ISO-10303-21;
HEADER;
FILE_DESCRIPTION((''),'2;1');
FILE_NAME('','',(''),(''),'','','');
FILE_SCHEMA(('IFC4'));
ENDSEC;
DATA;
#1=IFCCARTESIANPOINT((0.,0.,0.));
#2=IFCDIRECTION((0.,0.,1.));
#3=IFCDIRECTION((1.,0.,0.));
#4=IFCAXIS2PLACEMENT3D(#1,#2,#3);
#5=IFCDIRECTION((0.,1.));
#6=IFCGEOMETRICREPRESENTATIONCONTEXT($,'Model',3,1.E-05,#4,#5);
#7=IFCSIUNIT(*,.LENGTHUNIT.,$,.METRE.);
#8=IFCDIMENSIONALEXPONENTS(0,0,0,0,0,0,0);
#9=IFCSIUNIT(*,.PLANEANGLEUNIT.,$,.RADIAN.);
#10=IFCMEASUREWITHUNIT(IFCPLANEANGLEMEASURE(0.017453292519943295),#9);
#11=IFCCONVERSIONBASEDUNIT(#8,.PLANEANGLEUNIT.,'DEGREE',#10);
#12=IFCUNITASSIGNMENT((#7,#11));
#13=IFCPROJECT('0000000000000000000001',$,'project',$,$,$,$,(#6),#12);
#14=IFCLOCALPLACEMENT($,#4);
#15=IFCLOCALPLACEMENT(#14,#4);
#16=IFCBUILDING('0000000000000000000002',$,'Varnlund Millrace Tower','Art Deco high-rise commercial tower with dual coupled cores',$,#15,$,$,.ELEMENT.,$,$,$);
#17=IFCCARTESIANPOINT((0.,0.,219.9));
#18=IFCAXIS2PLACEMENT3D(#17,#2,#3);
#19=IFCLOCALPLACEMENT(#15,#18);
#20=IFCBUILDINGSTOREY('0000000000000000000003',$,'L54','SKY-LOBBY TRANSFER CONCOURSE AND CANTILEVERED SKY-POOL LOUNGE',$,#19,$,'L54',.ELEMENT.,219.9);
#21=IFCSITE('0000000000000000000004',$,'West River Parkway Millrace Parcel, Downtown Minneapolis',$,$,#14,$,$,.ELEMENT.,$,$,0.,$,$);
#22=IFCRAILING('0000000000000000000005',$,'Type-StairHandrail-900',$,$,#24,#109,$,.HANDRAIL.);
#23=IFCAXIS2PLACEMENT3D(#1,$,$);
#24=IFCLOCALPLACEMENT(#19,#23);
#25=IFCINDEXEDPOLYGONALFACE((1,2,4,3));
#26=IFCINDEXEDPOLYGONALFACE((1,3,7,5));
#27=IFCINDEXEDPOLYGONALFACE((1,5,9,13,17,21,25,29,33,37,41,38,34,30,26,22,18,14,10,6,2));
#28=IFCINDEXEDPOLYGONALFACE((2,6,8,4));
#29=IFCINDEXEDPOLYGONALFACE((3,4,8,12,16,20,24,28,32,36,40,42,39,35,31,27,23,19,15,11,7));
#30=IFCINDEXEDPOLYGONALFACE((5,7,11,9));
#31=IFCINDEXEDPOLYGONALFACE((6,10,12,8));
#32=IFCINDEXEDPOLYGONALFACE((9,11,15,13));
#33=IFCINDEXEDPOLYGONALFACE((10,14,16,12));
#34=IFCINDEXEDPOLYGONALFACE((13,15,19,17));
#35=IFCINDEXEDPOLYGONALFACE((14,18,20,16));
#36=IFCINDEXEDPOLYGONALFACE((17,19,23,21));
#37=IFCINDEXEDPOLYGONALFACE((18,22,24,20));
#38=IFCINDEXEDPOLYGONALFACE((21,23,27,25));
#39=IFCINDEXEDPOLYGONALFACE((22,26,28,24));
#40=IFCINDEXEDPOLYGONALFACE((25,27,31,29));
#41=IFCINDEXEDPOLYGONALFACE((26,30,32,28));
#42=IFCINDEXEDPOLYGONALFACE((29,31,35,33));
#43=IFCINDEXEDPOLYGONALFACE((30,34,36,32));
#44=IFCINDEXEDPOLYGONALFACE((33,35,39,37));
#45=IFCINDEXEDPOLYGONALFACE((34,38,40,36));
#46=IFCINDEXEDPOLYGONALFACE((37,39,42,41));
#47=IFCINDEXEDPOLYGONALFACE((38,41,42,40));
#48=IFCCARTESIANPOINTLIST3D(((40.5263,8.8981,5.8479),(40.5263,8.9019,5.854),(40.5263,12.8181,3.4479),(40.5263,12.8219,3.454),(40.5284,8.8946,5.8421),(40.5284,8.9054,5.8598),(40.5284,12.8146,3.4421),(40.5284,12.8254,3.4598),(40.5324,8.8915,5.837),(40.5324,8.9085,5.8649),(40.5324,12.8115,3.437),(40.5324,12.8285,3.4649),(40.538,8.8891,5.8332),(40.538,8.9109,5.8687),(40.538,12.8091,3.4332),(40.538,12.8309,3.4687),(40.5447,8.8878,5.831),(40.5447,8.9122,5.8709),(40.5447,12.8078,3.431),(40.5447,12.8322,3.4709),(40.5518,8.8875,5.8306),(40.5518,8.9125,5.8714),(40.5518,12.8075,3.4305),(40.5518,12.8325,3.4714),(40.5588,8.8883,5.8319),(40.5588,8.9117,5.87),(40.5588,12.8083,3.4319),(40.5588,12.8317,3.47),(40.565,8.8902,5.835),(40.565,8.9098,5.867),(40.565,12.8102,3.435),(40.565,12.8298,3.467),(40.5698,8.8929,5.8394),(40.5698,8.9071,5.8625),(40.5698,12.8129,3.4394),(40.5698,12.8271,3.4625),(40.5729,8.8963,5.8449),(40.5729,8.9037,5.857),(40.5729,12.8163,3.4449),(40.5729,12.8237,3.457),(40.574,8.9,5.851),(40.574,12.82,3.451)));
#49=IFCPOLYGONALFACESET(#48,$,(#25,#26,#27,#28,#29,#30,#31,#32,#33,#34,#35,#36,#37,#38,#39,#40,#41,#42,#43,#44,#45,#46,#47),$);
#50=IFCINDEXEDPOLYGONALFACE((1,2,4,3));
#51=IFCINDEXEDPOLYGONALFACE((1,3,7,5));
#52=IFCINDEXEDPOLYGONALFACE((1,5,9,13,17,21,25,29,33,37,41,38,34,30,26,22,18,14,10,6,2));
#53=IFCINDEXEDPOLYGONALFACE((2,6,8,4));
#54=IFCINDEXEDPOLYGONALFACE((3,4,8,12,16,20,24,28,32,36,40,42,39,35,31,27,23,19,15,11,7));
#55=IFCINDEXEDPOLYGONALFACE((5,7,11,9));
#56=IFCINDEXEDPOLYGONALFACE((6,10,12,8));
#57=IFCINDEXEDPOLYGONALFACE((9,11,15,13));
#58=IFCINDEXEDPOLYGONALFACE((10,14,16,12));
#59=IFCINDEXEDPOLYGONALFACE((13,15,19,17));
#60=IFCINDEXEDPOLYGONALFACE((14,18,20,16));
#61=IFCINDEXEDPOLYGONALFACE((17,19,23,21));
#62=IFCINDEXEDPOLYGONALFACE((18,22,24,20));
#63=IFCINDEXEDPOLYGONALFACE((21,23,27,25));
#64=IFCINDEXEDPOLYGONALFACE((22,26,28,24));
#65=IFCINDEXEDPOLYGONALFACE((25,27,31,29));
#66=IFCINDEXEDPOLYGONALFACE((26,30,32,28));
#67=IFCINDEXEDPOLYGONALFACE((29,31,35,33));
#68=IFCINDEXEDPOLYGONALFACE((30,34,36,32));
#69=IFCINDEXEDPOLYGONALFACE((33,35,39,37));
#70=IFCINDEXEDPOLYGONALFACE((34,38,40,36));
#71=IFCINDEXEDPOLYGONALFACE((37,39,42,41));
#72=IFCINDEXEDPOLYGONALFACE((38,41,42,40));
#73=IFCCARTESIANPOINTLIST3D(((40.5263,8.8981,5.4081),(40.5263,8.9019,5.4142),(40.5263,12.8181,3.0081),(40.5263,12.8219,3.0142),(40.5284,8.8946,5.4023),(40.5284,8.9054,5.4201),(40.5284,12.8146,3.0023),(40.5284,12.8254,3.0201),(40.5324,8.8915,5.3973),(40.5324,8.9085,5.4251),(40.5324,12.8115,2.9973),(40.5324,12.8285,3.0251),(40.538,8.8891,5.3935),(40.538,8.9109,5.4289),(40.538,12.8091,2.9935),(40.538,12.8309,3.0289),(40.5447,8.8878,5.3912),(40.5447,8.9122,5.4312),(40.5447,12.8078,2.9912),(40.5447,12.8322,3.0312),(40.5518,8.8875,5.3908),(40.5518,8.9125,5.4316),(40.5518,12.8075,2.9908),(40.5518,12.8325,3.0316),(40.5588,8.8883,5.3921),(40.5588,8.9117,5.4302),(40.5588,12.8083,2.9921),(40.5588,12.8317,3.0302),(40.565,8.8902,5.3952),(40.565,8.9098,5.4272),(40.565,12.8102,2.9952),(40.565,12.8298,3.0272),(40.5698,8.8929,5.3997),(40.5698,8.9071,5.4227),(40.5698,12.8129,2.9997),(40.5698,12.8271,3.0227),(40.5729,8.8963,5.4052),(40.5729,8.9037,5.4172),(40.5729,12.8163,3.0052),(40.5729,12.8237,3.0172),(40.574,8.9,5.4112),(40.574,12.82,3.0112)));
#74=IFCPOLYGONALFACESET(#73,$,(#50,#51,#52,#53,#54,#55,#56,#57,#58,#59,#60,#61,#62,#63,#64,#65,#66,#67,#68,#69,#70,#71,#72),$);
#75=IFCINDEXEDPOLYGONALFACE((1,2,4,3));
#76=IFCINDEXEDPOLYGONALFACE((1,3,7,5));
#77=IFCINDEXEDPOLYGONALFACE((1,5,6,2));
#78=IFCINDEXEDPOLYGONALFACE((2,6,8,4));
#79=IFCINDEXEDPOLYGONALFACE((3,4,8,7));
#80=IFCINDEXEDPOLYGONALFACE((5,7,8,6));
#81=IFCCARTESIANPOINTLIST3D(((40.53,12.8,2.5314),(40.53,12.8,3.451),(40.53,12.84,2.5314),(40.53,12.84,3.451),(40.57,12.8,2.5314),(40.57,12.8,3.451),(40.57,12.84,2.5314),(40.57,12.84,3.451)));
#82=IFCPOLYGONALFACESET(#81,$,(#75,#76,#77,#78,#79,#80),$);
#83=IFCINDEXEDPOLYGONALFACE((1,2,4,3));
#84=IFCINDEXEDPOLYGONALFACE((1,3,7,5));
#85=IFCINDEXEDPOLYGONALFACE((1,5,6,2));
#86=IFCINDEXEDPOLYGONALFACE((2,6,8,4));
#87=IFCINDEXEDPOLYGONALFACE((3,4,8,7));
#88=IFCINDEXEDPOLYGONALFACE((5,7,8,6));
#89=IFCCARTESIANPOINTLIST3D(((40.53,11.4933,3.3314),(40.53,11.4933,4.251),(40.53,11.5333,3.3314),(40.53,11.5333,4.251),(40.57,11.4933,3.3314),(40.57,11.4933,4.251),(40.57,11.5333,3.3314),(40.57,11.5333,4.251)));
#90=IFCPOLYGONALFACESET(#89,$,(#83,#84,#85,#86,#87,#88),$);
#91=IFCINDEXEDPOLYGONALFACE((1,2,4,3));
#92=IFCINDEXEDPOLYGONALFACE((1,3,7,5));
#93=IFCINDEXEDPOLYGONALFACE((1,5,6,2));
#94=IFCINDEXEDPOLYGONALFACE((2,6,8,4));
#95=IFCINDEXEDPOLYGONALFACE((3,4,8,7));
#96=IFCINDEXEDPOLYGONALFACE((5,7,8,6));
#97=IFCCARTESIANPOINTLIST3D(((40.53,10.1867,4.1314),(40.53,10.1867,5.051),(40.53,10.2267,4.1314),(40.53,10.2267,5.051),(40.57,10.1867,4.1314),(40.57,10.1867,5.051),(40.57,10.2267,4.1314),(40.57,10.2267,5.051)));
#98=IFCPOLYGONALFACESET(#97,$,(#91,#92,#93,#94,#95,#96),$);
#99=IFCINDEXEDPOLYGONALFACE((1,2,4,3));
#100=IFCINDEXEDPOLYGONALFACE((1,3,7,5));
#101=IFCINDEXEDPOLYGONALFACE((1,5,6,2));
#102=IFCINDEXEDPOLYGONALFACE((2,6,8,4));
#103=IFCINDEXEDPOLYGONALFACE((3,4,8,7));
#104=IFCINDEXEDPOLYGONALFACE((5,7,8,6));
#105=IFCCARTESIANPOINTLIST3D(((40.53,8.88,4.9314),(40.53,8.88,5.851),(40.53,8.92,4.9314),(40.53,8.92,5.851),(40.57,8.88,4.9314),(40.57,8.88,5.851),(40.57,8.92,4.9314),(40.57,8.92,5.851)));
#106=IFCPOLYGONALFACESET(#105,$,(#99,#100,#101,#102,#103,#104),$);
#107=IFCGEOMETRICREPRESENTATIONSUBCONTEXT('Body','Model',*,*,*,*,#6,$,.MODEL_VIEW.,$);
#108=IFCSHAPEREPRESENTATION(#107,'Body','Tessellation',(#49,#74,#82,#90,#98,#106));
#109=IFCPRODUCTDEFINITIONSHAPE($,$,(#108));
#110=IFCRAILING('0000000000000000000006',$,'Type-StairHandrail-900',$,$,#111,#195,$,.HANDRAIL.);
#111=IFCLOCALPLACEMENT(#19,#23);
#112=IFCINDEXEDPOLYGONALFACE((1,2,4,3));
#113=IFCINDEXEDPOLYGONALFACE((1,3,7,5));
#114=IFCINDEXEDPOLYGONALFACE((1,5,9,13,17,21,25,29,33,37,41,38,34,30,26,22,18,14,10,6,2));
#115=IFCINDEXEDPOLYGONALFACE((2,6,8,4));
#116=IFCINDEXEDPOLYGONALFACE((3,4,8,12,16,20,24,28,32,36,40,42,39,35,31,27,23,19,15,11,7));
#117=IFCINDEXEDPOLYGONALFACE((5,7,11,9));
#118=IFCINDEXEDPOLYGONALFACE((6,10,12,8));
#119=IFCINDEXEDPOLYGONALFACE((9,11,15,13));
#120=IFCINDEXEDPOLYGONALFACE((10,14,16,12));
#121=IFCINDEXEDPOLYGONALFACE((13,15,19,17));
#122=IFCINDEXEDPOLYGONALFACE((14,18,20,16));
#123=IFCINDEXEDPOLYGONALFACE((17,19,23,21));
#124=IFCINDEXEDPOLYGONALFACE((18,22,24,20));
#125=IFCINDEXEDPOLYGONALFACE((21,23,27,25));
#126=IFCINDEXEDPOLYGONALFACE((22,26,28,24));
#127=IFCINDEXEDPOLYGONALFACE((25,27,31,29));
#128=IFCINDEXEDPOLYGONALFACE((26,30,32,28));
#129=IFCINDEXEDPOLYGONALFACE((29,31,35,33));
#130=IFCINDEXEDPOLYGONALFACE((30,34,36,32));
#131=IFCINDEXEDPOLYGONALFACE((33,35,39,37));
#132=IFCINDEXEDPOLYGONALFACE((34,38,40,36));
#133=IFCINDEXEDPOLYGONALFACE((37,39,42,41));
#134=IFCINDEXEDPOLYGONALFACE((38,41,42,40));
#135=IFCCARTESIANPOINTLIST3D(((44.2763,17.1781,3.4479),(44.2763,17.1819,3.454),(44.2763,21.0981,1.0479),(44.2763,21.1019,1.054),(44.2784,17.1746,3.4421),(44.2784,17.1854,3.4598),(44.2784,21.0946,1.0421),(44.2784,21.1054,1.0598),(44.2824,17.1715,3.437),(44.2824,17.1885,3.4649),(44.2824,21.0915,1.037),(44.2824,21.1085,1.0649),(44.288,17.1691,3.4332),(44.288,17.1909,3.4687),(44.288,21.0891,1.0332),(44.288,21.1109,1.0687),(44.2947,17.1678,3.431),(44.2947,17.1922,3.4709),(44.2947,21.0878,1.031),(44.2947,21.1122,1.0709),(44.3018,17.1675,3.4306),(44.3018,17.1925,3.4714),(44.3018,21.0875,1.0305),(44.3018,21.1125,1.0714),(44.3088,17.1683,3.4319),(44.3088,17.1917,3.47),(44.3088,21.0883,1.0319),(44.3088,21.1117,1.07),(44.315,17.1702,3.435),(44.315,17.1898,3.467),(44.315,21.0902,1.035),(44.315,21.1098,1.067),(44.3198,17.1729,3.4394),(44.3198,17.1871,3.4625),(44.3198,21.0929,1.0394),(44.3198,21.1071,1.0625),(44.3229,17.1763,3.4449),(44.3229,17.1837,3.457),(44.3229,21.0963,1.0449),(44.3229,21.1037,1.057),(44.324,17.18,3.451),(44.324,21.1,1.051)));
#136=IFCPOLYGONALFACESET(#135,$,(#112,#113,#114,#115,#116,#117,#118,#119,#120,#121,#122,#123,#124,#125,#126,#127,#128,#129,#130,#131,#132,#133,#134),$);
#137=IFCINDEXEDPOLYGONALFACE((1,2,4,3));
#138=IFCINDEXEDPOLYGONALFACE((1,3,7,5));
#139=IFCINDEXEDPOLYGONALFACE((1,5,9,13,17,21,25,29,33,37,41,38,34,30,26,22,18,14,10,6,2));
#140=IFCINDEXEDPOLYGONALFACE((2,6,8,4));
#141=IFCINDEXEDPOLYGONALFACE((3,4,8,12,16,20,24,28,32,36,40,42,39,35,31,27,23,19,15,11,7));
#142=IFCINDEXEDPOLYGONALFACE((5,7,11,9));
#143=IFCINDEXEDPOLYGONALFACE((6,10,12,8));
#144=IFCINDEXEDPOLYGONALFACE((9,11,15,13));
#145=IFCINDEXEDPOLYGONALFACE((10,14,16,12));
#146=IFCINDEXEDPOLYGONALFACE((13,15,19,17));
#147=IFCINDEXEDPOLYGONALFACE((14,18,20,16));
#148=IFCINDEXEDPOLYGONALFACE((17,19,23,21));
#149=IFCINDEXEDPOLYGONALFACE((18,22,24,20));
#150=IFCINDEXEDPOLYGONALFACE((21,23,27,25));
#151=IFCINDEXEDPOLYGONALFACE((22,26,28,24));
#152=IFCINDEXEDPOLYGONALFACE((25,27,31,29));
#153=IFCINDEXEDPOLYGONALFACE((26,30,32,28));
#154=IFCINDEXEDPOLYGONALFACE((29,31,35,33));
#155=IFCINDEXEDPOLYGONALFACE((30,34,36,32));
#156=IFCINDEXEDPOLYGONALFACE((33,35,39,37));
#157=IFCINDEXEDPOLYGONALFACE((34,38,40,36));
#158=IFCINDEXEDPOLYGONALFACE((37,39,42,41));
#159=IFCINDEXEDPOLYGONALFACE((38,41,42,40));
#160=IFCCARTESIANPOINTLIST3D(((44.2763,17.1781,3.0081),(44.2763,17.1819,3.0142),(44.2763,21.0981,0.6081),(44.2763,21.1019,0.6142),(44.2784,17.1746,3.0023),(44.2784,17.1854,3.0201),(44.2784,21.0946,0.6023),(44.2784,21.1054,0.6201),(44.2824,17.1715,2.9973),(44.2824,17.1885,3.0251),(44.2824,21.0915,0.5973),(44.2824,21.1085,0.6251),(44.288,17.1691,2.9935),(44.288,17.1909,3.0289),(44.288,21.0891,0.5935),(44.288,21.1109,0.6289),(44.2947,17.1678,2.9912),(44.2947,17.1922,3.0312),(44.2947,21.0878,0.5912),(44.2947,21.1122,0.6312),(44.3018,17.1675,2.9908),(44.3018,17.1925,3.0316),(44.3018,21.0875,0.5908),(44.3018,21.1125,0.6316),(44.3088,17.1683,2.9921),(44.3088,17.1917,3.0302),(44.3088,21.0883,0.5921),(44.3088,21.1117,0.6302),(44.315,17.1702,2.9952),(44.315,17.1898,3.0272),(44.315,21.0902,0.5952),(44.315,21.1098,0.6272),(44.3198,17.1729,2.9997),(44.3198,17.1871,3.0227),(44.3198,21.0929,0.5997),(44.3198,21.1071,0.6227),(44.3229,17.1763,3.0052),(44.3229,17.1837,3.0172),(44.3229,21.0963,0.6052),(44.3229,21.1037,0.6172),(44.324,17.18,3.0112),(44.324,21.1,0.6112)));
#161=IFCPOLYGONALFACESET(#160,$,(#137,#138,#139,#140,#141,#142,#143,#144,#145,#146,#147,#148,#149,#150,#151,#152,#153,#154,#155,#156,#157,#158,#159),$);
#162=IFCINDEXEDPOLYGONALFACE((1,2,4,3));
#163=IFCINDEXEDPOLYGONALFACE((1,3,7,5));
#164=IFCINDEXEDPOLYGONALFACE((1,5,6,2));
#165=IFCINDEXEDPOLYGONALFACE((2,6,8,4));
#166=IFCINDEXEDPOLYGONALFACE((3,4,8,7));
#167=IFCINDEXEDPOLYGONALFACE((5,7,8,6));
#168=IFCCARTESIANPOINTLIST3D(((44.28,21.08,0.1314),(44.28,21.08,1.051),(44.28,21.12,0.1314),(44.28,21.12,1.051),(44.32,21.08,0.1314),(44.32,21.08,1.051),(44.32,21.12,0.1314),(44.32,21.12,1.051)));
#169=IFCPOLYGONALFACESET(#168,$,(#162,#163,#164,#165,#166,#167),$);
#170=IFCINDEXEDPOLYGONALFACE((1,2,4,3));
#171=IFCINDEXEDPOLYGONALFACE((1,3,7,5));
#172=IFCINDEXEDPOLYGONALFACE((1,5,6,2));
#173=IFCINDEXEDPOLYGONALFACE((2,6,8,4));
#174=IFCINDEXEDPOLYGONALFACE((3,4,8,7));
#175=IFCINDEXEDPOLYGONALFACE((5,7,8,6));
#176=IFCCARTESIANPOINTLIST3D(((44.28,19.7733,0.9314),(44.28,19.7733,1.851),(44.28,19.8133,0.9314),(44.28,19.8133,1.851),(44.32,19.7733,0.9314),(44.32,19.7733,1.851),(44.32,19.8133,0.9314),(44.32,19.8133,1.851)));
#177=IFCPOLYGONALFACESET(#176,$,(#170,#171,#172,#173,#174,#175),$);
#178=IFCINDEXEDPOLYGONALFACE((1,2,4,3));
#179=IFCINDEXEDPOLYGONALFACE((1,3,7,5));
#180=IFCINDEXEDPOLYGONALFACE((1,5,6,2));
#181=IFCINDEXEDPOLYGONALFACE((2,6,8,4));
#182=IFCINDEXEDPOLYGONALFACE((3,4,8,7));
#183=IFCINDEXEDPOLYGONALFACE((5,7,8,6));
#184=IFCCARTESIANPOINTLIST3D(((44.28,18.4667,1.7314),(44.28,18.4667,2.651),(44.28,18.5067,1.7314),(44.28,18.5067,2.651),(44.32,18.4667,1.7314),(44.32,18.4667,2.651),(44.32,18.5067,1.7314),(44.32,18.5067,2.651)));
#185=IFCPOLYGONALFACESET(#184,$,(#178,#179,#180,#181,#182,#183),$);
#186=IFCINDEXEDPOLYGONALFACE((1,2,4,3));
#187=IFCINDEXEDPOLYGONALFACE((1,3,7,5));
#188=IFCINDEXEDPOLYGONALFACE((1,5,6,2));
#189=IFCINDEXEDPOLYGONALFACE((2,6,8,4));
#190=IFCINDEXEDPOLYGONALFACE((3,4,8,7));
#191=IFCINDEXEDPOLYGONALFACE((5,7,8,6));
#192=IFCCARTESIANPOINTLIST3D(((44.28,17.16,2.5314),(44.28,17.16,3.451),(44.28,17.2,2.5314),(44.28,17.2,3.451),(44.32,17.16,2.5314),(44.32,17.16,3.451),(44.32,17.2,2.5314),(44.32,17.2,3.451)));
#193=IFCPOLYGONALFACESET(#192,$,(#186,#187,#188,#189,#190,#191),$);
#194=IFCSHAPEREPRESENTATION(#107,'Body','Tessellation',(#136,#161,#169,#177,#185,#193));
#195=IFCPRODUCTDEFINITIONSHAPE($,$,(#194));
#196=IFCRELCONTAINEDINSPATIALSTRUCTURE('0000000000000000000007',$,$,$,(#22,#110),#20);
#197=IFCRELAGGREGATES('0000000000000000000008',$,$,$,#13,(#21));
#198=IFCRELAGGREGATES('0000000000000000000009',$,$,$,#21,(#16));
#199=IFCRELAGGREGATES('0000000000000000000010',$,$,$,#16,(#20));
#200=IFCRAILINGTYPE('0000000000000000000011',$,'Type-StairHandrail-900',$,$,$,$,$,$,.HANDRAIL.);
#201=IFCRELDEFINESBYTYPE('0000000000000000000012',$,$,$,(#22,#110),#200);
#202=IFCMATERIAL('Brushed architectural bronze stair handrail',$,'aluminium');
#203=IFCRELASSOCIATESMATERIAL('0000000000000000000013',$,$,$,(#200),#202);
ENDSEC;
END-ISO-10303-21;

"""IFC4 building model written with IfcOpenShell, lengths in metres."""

from ifc_helpers import new_model, entity, si_unit, converted_unit, direction, frame, origin_with_axes, origin_2d_with_axis, place, context, subcontext, project, spatial, rectangle, circle, extrude, material, type_object, element, save


model = new_model("IFC4")

# Units and contexts
model_context = context("Model", 3, precision=1e-05, world=origin_with_axes(), true_north=direction((0.0, 1.0)))
body_context = subcontext(model_context, "Body", "Model", "MODEL_VIEW")
ifc_project = project(units=[si_unit("LENGTHUNIT", "METRE"), converted_unit("PLANEANGLEUNIT", "DEGREE", entity("IfcPlaneAngleMeasure", 0.017453292519943295), si_unit("PLANEANGLEUNIT", "RADIAN"), dimensions=[0, 0, 0, 0, 0, 0, 0])], contexts=[model_context])

# Site, building, storey
site_placement = place(None, origin_with_axes())
site = spatial("IfcSite", under=ifc_project, at=site_placement, Name="West River Parkway Millrace Parcel, Downtown Minneapolis", CompositionType="ELEMENT", RefElevation=0.0)
building_placement = place(site_placement, origin_with_axes())
building = spatial("IfcBuilding", under=site, at=building_placement, Name="Varnlund Millrace Tower", Description="Art Deco high-rise commercial tower with dual coupled cores", CompositionType="ELEMENT")
storey_placement = place(building_placement, frame((0.0, 0.0, 219.9), z_axis=(0.0, 0.0, 1.0), x_axis=(1.0, 0.0, 0.0)))
storey = spatial("IfcBuildingStorey", under=building, at=storey_placement, Name="L54", Description="SKY-LOBBY TRANSFER CONCOURSE AND CANTILEVERED SKY-POOL LOUNGE", LongName="L54", CompositionType="ELEMENT", Elevation=219.9)

# Railings
ifc_material_1 = material(Name="Brushed architectural bronze stair handrail", Category="aluminium")
railing_type_1 = type_object("IfcRailingType", Name="Type-StairHandrail-900", PredefinedType="HANDRAIL", material=ifc_material_1)
railing_1_placement = place(storey_placement, frame((0.0, 0.0, -219.9), z_axis=(0.0, 0.0, 1.0), x_axis=(1.0, 0.0, 0.0)))
element("IfcRailing", 1, at=railing_1_placement, inside=storey, type_object=railing_type_1, Name="Type-StairHandrail-900", PredefinedType="HANDRAIL", context=body_context, shape_type="SweptSolid", body=[
    extrude(circle(Radius=0.024, at=origin_2d_with_axis()), frame((40.55, 12.82, 223.351), z_axis=(0.0, -0.852851, 0.522154), x_axis=(1.0, 0.0, 0.0)), (0.0, 0.0, 1.0), 4.5963),
    extrude(circle(Radius=0.024, at=origin_2d_with_axis()), frame((40.55, 12.82, 222.9112), z_axis=(0.0, -0.852851, 0.522154), x_axis=(1.0, 0.0, 0.0)), (0.0, 0.0, 1.0), 4.5963),
    extrude(rectangle(XDim=0.04, YDim=0.04, at=origin_2d_with_axis()), frame((40.55, 12.82, 222.4314), z_axis=(0.0, 0.0, 1.0), x_axis=(1.0, 0.0, 0.0)), (0.0, 0.0, 1.0), 0.9195),
    extrude(rectangle(XDim=0.04, YDim=0.04, at=origin_2d_with_axis()), frame((40.55, 11.5133, 223.2314), z_axis=(0.0, 0.0, 1.0), x_axis=(1.0, 0.0, 0.0)), (0.0, 0.0, 1.0), 0.9195),
    extrude(rectangle(XDim=0.04, YDim=0.04, at=origin_2d_with_axis()), frame((40.55, 10.2067, 224.0314), z_axis=(0.0, 0.0, 1.0), x_axis=(1.0, 0.0, 0.0)), (0.0, 0.0, 1.0), 0.9195),
    extrude(rectangle(XDim=0.04, YDim=0.04, at=origin_2d_with_axis()), frame((40.55, 8.9, 224.8314), z_axis=(0.0, 0.0, 1.0), x_axis=(1.0, 0.0, 0.0)), (0.0, 0.0, 1.0), 0.9195),
])
railing_2_placement = place(storey_placement, frame((0.0, 0.0, -219.9), z_axis=(0.0, 0.0, 1.0), x_axis=(1.0, 0.0, 0.0)))
element("IfcRailing", 2, at=railing_2_placement, inside=storey, type_object=railing_type_1, Name="Type-StairHandrail-900", PredefinedType="HANDRAIL", context=body_context, shape_type="SweptSolid", body=[
    extrude(circle(Radius=0.024, at=origin_2d_with_axis()), frame((44.3, 21.1, 220.951), z_axis=(0.0, -0.852851, 0.522154), x_axis=(1.0, 0.0, 0.0)), (0.0, 0.0, 1.0), 4.5963),
    extrude(circle(Radius=0.024, at=origin_2d_with_axis()), frame((44.3, 21.1, 220.5112), z_axis=(0.0, -0.852851, 0.522154), x_axis=(1.0, 0.0, 0.0)), (0.0, 0.0, 1.0), 4.5963),
    extrude(rectangle(XDim=0.04, YDim=0.04, at=origin_2d_with_axis()), frame((44.3, 21.1, 220.0314), z_axis=(0.0, 0.0, 1.0), x_axis=(1.0, 0.0, 0.0)), (0.0, 0.0, 1.0), 0.9195),
    extrude(rectangle(XDim=0.04, YDim=0.04, at=origin_2d_with_axis()), frame((44.3, 19.7933, 220.8314), z_axis=(0.0, 0.0, 1.0), x_axis=(1.0, 0.0, 0.0)), (0.0, 0.0, 1.0), 0.9195),
    extrude(rectangle(XDim=0.04, YDim=0.04, at=origin_2d_with_axis()), frame((44.3, 18.4867, 221.6314), z_axis=(0.0, 0.0, 1.0), x_axis=(1.0, 0.0, 0.0)), (0.0, 0.0, 1.0), 0.9195),
    extrude(rectangle(XDim=0.04, YDim=0.04, at=origin_2d_with_axis()), frame((44.3, 17.18, 222.4314), z_axis=(0.0, 0.0, 1.0), x_axis=(1.0, 0.0, 0.0)), (0.0, 0.0, 1.0), 0.9195),
])

save(model, "model.ifc")
